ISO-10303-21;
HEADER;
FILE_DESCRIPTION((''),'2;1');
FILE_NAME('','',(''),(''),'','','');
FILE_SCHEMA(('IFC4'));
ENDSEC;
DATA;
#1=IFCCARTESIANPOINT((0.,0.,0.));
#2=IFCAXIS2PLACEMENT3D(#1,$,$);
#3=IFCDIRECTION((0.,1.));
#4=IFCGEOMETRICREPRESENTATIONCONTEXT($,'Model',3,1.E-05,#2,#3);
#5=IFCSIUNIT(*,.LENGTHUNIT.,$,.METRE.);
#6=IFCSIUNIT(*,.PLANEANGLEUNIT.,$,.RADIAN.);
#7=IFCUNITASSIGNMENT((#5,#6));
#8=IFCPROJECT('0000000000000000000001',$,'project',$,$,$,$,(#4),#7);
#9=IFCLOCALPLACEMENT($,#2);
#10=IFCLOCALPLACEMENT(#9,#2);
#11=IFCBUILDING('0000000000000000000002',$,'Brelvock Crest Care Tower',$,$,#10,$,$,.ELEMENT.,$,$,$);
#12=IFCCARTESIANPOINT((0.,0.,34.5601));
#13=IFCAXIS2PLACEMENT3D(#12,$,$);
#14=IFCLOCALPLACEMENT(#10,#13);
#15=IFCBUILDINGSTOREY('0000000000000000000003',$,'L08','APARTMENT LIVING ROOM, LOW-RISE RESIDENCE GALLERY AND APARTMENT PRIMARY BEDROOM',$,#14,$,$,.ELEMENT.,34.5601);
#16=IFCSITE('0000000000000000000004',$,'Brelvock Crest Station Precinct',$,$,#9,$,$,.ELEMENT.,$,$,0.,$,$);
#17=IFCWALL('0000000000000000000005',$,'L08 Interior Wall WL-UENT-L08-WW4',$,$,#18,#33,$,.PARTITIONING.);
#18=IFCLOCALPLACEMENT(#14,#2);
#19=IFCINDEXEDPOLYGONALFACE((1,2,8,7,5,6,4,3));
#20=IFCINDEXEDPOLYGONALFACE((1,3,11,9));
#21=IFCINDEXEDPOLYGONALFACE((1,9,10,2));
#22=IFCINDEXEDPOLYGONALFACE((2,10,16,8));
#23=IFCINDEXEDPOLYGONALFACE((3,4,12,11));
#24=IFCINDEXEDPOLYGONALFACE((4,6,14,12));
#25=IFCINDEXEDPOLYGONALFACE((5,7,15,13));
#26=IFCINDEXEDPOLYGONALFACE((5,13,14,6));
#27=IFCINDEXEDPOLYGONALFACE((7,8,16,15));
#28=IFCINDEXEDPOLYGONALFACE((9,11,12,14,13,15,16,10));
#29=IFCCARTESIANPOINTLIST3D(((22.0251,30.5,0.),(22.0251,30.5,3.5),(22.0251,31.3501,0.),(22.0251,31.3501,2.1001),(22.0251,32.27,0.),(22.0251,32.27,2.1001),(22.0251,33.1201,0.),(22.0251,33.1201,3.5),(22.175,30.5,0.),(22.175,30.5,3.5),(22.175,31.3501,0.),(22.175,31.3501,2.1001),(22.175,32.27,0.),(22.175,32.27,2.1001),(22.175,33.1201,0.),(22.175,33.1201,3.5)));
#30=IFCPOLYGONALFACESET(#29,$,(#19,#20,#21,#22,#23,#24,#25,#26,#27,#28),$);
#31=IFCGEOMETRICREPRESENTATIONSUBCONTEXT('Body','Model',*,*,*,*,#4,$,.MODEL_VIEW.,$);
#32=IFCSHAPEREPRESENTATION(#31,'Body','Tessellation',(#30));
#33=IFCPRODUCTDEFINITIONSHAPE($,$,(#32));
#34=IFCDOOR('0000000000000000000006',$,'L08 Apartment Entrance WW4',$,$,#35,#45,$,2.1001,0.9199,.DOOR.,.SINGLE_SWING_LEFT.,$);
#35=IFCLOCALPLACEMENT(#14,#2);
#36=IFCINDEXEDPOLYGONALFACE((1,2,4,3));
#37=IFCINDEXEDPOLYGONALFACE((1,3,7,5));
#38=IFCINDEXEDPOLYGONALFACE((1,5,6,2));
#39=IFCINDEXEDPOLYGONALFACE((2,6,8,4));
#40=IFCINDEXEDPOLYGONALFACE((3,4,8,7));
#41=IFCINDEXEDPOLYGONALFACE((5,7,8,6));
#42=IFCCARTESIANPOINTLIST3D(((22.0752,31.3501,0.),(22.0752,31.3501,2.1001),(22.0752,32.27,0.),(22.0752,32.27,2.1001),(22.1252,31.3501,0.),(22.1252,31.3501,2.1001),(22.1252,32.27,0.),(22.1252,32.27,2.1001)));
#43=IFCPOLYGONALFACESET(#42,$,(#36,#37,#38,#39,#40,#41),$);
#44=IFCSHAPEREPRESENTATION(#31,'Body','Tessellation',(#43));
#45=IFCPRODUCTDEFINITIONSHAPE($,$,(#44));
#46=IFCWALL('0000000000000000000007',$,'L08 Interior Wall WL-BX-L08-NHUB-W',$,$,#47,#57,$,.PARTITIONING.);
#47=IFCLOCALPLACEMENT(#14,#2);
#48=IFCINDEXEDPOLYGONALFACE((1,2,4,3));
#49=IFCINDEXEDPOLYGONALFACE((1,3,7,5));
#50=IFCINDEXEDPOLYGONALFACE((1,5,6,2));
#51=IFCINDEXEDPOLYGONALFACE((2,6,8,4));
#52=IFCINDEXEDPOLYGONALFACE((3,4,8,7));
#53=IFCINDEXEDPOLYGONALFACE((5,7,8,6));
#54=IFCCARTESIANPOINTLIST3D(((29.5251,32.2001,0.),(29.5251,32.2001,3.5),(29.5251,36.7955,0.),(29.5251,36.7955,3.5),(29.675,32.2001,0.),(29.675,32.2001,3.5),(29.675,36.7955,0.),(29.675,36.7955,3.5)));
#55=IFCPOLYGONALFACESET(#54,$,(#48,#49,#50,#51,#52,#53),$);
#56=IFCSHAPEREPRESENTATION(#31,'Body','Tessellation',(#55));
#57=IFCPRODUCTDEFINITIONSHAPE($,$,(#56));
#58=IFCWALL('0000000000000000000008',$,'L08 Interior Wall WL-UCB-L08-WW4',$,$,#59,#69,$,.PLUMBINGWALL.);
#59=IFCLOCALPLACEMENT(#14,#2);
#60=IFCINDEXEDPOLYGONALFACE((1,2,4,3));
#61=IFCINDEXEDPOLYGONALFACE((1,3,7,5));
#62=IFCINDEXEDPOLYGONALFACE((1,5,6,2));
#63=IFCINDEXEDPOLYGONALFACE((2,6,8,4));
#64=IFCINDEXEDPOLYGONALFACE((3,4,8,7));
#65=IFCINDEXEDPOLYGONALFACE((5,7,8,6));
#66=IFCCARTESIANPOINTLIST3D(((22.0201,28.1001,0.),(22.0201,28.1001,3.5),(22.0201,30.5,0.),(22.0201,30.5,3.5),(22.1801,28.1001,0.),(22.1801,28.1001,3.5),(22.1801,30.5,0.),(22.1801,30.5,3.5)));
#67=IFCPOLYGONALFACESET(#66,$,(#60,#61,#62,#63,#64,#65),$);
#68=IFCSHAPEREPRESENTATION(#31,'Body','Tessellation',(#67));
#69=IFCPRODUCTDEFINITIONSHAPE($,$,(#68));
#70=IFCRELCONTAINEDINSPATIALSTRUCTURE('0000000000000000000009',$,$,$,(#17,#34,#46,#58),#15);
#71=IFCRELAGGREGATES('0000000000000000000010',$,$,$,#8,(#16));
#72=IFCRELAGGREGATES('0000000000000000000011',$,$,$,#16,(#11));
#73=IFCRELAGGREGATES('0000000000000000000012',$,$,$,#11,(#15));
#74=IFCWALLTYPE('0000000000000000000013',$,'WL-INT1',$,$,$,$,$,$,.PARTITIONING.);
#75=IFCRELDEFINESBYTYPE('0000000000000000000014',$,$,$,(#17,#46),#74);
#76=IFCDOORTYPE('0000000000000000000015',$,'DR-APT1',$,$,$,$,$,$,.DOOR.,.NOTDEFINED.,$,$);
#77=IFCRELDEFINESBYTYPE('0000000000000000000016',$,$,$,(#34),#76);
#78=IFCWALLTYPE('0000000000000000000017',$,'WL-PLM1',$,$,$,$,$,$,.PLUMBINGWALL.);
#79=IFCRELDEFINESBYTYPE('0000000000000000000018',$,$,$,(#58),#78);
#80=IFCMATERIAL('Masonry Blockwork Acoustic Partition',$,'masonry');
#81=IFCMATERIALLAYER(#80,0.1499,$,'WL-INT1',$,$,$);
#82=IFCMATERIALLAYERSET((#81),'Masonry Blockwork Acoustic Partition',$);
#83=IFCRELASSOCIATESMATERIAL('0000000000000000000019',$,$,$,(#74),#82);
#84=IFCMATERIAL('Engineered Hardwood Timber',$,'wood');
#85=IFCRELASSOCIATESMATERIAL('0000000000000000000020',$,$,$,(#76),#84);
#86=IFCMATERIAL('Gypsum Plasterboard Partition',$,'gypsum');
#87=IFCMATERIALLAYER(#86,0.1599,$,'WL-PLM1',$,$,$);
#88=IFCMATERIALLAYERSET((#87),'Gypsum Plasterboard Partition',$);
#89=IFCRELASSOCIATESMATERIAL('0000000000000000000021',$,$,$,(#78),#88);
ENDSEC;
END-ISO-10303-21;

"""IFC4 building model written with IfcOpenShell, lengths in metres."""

from ifc_helpers import new_model, si_unit, direction, frame, frame_2d, origin, origin_2d, place, context, subcontext, project, spatial, rectangle, extrude, source, transform, mapped, material, layer, layer_set, type_object, element, fill, save


model = new_model("IFC4")

# Units and contexts
model_context = context("Model", 3, precision=1e-05, world=origin(), true_north=direction((0.0, 1.0)))
body_context = subcontext(model_context, "Body", "Model", "MODEL_VIEW")
ifc_project = project(units=[si_unit("LENGTHUNIT", "METRE"), si_unit("PLANEANGLEUNIT", "RADIAN")], contexts=[model_context])

# Site, building, storey
site_placement = place(None, origin())
site = spatial("IfcSite", under=ifc_project, at=site_placement, Name="Brelvock Crest Station Precinct", CompositionType="ELEMENT", RefElevation=0.0)
building_placement = place(site_placement, origin())
building = spatial("IfcBuilding", under=site, at=building_placement, Name="Brelvock Crest Care Tower", CompositionType="ELEMENT")
storey_placement = place(building_placement, frame((0.0, 0.0, 34.5601)))
storey = spatial("IfcBuildingStorey", under=building, at=storey_placement, Name="L08", Description="APARTMENT LIVING ROOM, LOW-RISE RESIDENCE GALLERY AND APARTMENT PRIMARY BEDROOM", CompositionType="ELEMENT", Elevation=34.5601)

# Wall, opening, door
ifc_material_1 = material(Name="Masonry Blockwork Acoustic Partition", Category="masonry")
ifc_layer_1 = layer(ifc_material_1, 0.1499, Name="WL-INT1")
ifc_layer_set_1 = layer_set([ifc_layer_1], Name="Masonry Blockwork Acoustic Partition")
wall_type_1 = type_object("IfcWallType", Name="WL-INT1", PredefinedType="PARTITIONING", material=ifc_layer_set_1)
ifc_material_2 = material(Name="Engineered Hardwood Timber", Category="wood")
wall_1_placement = place(storey_placement, frame((22.1001, 30.5, 0.0), z_axis=(0.0, 0.0, 1.0), x_axis=(0.0, 1.0, 0.0)))
wall_1 = element("IfcWall", 1, at=wall_1_placement, inside=storey, type_object=wall_type_1, Name="L08 Interior Wall WL-UENT-L08-WW4", PredefinedType="PARTITIONING", context=body_context, shape_type="SweptSolid", body=[
    extrude(rectangle(XDim=2.6201, YDim=0.1499, at=frame_2d((1.3101, 0.0))), origin(), (0.0, 0.0, 1.0), 3.5),
])
opening_1_placement = place(wall_1_placement, frame((0.8501, 0.0, 0.0)))
opening_1 = element("IfcOpeningElement", 2, at=opening_1_placement, cuts=wall_1, PredefinedType="OPENING", context=body_context, shape_type="SweptSolid", body=[
    extrude(rectangle(XDim=0.9199, YDim=2.1001, at=origin_2d()), frame((0.46, 0.085, 1.05), z_axis=(0.0, -1.0, 0.0), x_axis=(1.0, 0.0, 0.0)), (0.0, 0.0, 1.0), 0.1699),
])
door_type_1 = type_object("IfcDoorType", Name="DR-APT1", OperationType="NOTDEFINED", PredefinedType="DOOR", material=ifc_material_2)
shared_shape_1 = source(origin(), body_context, "Body", "SweptSolid", [
    extrude(rectangle(XDim=0.9199, YDim=2.1001, at=origin_2d()), frame((0.46, 0.0249, 1.05), z_axis=(0.0, -1.0, 0.0), x_axis=(1.0, 0.0, 0.0)), (0.0, 0.0, 1.0), 0.05),
])
door_1_placement = place(opening_1_placement, origin())
door_1 = element("IfcDoor", 3, at=door_1_placement, inside=storey, type_object=door_type_1, Name="L08 Apartment Entrance WW4", OperationType="SINGLE_SWING_LEFT", OverallHeight=2.1001, OverallWidth=0.9199, PredefinedType="DOOR", context=body_context, shape_type="MappedRepresentation", body=[
    mapped(shared_shape_1, transform((0.0, 0.0, 0.0), x_axis=(1.0, 0.0, 0.0), y_axis=(0.0, 1.0, 0.0), z_axis=(0.0, 0.0, 1.0), scale=1.0)),
])
fill(opening_1, door_1)

# Walls
wall_2_placement = place(storey_placement, frame((29.6001, 32.2, 0.0), z_axis=(0.0, 0.0, 1.0), x_axis=(0.0, 1.0, 0.0)))
element("IfcWall", 4, at=wall_2_placement, inside=storey, type_object=wall_type_1, Name="L08 Interior Wall WL-BX-L08-NHUB-W", PredefinedType="PARTITIONING", context=body_context, shape_type="SweptSolid", body=[
    extrude(rectangle(XDim=4.5955, YDim=0.1499, at=frame_2d((2.2979, 0.0))), origin(), (0.0, 0.0, 1.0), 3.5),
])
ifc_material_3 = material(Name="Gypsum Plasterboard Partition", Category="gypsum")
ifc_layer_2 = layer(ifc_material_3, 0.1599, Name="WL-PLM1")
ifc_layer_set_2 = layer_set([ifc_layer_2], Name="Gypsum Plasterboard Partition")
wall_type_2 = type_object("IfcWallType", Name="WL-PLM1", PredefinedType="PLUMBINGWALL", material=ifc_layer_set_2)
wall_3_placement = place(storey_placement, frame((22.1001, 28.1001, 0.0), z_axis=(0.0, 0.0, 1.0), x_axis=(0.0, 1.0, 0.0)))
element("IfcWall", 5, at=wall_3_placement, inside=storey, type_object=wall_type_2, Name="L08 Interior Wall WL-UCB-L08-WW4", PredefinedType="PLUMBINGWALL", context=body_context, shape_type="SweptSolid", body=[
    extrude(rectangle(XDim=2.3999, YDim=0.1599, at=frame_2d((1.2, 0.0))), origin(), (0.0, 0.0, 1.0), 3.5),
])

save(model, "model.ifc")
